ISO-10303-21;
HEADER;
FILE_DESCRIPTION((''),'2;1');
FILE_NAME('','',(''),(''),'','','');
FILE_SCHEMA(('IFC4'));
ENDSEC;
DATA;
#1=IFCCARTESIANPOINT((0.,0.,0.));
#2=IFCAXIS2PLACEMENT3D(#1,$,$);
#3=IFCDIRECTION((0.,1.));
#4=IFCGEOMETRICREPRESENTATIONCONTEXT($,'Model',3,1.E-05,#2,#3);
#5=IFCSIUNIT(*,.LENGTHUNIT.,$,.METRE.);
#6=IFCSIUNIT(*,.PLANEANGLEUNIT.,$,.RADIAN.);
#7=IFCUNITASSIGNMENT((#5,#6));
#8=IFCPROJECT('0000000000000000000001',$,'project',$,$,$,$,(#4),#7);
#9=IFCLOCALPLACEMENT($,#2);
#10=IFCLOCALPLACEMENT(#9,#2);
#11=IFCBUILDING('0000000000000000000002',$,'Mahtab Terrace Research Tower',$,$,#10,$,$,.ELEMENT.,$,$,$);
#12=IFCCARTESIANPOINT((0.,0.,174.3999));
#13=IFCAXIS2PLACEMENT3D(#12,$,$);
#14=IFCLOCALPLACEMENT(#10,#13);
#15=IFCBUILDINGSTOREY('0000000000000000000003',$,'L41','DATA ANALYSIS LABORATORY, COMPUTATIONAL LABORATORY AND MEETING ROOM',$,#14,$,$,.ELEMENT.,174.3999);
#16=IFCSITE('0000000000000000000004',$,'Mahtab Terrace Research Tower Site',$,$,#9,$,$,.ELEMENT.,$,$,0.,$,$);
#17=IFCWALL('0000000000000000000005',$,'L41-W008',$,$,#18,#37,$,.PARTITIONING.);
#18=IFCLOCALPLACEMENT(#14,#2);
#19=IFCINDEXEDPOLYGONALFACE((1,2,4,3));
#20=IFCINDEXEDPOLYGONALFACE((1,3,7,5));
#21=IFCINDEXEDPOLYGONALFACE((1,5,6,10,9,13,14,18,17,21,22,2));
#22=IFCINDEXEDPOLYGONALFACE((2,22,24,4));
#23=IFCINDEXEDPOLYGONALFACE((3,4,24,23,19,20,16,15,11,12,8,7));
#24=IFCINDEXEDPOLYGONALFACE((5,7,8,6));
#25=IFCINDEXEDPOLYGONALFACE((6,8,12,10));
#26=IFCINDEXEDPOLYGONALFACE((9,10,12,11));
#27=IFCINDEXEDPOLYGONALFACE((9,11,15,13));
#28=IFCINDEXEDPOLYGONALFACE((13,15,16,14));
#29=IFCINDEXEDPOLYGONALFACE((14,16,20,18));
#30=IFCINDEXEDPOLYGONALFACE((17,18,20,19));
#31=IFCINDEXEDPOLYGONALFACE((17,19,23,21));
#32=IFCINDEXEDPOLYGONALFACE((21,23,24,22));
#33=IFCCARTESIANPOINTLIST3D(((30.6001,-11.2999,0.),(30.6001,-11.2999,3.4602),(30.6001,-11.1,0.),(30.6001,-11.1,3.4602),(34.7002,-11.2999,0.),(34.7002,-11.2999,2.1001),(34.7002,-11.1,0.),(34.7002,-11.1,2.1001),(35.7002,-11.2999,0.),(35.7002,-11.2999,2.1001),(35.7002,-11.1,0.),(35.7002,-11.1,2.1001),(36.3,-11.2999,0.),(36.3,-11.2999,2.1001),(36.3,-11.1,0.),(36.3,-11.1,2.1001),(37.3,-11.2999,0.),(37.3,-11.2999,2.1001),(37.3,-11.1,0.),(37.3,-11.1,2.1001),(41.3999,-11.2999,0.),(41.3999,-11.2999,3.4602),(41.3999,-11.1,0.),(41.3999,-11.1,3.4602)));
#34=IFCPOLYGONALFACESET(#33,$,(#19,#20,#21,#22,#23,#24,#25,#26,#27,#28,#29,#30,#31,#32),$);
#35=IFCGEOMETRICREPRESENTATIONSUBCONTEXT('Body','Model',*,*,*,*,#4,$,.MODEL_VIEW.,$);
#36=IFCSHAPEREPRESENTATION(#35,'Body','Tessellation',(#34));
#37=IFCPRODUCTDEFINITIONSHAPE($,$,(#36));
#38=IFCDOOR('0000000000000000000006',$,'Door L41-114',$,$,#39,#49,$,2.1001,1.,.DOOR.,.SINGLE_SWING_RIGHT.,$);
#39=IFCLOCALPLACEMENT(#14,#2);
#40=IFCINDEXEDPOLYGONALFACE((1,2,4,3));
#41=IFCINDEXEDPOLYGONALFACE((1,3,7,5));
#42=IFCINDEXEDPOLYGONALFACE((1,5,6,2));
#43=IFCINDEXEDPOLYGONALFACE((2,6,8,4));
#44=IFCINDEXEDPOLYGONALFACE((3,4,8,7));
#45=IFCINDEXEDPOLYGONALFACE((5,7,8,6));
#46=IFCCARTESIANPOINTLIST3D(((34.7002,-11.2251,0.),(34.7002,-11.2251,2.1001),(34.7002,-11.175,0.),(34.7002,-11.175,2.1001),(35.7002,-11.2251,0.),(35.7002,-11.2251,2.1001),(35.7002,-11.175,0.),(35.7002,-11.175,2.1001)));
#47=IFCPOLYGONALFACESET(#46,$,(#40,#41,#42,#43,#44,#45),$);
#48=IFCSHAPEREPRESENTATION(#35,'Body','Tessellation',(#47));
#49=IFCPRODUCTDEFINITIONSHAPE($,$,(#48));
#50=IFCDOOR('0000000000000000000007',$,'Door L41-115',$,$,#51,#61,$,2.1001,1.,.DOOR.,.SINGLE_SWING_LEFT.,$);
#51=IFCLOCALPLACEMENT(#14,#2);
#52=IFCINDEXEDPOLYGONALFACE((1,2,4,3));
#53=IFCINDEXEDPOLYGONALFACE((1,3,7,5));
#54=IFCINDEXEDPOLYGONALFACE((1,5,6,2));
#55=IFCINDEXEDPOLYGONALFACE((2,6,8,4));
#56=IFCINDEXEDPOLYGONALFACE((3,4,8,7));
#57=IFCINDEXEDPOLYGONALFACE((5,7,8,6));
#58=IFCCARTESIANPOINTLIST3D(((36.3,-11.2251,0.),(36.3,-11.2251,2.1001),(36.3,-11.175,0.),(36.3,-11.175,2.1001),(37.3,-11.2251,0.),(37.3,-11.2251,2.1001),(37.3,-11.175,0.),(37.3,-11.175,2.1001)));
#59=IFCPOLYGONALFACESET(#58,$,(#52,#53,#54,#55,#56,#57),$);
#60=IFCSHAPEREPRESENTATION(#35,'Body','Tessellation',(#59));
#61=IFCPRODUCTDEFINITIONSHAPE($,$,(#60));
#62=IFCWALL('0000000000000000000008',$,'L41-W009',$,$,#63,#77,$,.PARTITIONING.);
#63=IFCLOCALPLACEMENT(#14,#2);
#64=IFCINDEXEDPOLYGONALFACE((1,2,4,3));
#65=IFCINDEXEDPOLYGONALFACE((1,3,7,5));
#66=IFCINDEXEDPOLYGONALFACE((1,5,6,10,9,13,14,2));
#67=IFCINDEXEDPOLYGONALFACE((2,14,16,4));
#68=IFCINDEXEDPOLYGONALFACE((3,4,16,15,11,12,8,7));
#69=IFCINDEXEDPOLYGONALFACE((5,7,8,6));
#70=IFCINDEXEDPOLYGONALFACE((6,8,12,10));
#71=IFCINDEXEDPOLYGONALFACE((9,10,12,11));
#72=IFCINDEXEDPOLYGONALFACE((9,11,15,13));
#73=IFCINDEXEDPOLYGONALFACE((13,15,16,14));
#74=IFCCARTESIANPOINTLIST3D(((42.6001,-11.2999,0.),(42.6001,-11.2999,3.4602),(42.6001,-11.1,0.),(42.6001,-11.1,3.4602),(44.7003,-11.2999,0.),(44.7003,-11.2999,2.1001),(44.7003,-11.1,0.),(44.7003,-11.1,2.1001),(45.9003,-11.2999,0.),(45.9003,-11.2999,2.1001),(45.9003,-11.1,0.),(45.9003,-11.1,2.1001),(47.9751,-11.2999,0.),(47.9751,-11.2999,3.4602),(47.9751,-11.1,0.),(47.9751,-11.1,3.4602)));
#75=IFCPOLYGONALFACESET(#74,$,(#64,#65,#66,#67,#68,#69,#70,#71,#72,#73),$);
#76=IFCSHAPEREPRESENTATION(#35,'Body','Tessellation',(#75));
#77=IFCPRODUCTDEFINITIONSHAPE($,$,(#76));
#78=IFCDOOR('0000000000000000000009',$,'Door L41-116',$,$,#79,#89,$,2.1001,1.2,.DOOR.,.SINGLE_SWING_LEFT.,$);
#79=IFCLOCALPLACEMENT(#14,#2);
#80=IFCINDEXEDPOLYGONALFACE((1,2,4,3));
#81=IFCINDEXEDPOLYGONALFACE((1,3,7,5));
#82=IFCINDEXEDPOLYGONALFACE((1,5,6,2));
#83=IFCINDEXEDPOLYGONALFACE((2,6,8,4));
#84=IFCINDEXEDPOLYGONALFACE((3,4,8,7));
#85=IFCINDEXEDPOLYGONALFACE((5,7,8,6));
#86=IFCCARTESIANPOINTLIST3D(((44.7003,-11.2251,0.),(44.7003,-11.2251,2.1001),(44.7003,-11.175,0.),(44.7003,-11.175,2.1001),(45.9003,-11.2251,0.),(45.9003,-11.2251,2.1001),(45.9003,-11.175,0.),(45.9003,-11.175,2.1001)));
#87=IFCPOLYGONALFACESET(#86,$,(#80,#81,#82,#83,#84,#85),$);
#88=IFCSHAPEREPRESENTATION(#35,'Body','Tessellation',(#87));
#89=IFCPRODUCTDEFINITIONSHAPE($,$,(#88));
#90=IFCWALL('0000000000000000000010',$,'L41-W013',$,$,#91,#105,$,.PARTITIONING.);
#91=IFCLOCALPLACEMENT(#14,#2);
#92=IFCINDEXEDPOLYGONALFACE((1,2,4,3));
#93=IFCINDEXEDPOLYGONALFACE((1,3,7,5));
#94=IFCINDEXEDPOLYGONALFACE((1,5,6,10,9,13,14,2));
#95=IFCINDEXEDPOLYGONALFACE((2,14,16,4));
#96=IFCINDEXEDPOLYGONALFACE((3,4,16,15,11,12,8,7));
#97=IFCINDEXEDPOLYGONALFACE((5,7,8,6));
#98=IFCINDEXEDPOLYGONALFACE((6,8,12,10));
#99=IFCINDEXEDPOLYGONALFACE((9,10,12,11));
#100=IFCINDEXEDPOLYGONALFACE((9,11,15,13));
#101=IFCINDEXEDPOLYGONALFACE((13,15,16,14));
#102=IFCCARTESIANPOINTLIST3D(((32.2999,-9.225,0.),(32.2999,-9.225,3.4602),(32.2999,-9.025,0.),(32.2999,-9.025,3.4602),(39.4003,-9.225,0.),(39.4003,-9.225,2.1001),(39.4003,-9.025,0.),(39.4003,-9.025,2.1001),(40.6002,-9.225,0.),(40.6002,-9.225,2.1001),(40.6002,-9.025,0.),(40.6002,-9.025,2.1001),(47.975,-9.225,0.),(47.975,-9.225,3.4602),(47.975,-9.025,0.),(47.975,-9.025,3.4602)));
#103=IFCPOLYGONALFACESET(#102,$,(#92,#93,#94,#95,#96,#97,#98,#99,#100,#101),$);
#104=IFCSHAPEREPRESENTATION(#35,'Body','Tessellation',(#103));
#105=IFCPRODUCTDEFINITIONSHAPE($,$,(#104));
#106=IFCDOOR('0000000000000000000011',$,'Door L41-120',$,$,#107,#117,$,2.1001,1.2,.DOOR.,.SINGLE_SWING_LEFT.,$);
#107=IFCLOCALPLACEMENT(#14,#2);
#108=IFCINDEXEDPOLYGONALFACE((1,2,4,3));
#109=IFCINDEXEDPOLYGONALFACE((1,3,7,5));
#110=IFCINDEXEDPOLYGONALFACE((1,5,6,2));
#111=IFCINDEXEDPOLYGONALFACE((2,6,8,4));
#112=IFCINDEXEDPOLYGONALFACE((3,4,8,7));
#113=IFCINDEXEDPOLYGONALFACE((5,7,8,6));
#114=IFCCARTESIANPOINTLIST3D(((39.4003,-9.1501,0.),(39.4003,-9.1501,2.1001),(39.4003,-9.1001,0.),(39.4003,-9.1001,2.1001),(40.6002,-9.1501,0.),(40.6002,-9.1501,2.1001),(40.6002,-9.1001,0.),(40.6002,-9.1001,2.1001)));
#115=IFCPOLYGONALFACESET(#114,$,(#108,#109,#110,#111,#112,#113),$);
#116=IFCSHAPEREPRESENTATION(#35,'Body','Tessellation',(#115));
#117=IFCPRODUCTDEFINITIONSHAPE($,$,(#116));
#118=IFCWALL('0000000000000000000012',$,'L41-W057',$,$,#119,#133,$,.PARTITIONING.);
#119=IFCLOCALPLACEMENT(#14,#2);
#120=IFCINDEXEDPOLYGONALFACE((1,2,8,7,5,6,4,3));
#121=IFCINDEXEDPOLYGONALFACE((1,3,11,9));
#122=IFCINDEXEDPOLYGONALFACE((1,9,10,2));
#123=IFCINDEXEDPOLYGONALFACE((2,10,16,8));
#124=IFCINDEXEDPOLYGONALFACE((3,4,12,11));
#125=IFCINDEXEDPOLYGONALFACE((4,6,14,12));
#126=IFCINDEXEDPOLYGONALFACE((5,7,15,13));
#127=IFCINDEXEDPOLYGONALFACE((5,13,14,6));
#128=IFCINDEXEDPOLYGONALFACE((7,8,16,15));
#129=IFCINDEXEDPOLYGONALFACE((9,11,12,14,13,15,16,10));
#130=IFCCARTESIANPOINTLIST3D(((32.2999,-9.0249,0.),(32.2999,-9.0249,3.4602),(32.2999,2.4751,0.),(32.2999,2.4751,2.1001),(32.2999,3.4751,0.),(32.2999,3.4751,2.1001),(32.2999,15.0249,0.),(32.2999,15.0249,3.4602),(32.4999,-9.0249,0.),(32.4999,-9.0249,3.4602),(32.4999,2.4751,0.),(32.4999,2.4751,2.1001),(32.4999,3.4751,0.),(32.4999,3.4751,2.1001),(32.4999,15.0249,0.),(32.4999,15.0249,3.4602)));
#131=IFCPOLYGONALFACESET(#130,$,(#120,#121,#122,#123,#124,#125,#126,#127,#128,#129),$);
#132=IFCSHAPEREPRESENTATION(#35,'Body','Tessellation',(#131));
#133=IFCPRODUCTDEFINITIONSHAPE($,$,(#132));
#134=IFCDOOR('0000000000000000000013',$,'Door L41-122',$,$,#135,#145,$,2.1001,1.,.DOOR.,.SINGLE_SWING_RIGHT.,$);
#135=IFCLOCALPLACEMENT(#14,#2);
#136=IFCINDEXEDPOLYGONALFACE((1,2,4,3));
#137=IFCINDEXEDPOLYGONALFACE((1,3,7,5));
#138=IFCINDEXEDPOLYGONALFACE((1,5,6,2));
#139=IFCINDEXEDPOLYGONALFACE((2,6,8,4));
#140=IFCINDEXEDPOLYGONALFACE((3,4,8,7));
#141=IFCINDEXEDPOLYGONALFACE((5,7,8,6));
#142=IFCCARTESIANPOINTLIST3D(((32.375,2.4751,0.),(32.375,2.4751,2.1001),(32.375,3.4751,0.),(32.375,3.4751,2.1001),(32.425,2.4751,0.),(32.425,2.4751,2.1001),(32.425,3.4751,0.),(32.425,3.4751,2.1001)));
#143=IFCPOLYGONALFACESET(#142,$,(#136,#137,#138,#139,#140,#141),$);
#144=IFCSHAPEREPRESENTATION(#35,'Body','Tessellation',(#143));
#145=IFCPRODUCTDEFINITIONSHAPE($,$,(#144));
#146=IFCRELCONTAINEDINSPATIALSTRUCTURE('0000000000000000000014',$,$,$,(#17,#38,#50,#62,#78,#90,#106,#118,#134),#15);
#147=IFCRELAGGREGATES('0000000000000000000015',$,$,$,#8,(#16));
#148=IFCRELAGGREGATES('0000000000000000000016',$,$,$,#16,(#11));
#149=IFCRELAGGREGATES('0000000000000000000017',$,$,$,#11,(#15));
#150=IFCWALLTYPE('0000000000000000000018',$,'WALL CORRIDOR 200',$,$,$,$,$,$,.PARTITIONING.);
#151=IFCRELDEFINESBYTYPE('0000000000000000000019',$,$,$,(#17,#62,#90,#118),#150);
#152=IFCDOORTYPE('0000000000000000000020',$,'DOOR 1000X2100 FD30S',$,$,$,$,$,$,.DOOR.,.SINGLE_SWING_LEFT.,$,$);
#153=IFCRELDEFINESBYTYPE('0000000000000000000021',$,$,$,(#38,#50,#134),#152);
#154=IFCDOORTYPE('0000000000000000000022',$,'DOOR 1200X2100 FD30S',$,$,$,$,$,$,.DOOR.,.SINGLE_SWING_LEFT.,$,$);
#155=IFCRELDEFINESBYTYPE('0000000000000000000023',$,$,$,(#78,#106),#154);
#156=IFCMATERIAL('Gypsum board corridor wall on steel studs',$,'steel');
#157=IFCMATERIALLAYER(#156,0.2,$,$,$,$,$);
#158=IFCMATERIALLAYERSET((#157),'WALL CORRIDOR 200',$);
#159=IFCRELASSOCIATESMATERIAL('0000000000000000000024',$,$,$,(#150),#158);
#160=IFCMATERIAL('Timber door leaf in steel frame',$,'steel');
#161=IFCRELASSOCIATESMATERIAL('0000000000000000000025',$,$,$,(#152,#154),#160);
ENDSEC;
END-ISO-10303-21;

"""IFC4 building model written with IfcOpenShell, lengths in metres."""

from ifc_helpers import new_model, si_unit, direction, frame, frame_2d, origin, place, context, subcontext, project, spatial, rectangle, extrude, material, layer, layer_set, type_object, element, fill, save


model = new_model("IFC4")

# Units and contexts
model_context = context("Model", 3, precision=1e-05, world=origin(), true_north=direction((0.0, 1.0)))
body_context = subcontext(model_context, "Body", "Model", "MODEL_VIEW")
ifc_project = project(units=[si_unit("LENGTHUNIT", "METRE"), si_unit("PLANEANGLEUNIT", "RADIAN")], contexts=[model_context])

# Site, building, storey
site_placement = place(None, origin())
site = spatial("IfcSite", under=ifc_project, at=site_placement, Name="Mahtab Terrace Research Tower Site", CompositionType="ELEMENT", RefElevation=0.0)
building_placement = place(site_placement, origin())
building = spatial("IfcBuilding", under=site, at=building_placement, Name="Mahtab Terrace Research Tower", CompositionType="ELEMENT")
storey_placement = place(building_placement, frame((0.0, 0.0, 174.3999)))
storey = spatial("IfcBuildingStorey", under=building, at=storey_placement, Name="L41", Description="DATA ANALYSIS LABORATORY, COMPUTATIONAL LABORATORY AND MEETING ROOM", CompositionType="ELEMENT", Elevation=174.3999)

# Wall, openings, doors
ifc_material_1 = material(Name="Gypsum board corridor wall on steel studs", Category="steel")
ifc_layer_1 = layer(ifc_material_1, 0.2)
ifc_layer_set_1 = layer_set([ifc_layer_1], Name="WALL CORRIDOR 200")
wall_type_1 = type_object("IfcWallType", Name="WALL CORRIDOR 200", PredefinedType="PARTITIONING", material=ifc_layer_set_1)
wall_1_placement = place(storey_placement, frame((30.6001, -11.2, 0.0), z_axis=(0.0, 0.0, 1.0), x_axis=(1.0, 0.0, 0.0)))
wall_1 = element("IfcWall", 1, at=wall_1_placement, inside=storey, type_object=wall_type_1, Name="L41-W008", PredefinedType="PARTITIONING", context=body_context, shape_type="SweptSolid", body=[
    extrude(rectangle(XDim=10.7998, YDim=0.2, at=frame_2d((5.3999, 0.0))), origin(), (0.0, 0.0, 1.0), 3.4602),
])
opening_1_placement = place(wall_1_placement, frame((4.1001, 0.0, 0.0)))
opening_1 = element("IfcOpeningElement", 2, at=opening_1_placement, cuts=wall_1, PredefinedType="OPENING", context=body_context, shape_type="SweptSolid", body=[
    extrude(rectangle(XDim=1.0, YDim=2.1001, at=frame_2d((0.5, 1.05))), frame((0.0, 0.1099, 0.0), z_axis=(0.0, -1.0, 0.0), x_axis=(1.0, 0.0, 0.0)), (0.0, 0.0, 1.0), 0.22),
])
opening_2_placement = place(wall_1_placement, frame((5.7, 0.0, 0.0)))
opening_2 = element("IfcOpeningElement", 3, at=opening_2_placement, cuts=wall_1, PredefinedType="OPENING", context=body_context, shape_type="SweptSolid", body=[
    extrude(rectangle(XDim=1.0, YDim=2.1001, at=frame_2d((0.5, 1.05))), frame((0.0, 0.1099, 0.0), z_axis=(0.0, -1.0, 0.0), x_axis=(1.0, 0.0, 0.0)), (0.0, 0.0, 1.0), 0.22),
])
ifc_material_2 = material(Name="Timber door leaf in steel frame", Category="steel")
door_type_1 = type_object("IfcDoorType", Name="DOOR 1000X2100 FD30S", OperationType="SINGLE_SWING_LEFT", PredefinedType="DOOR", material=ifc_material_2)
door_1_placement = place(opening_1_placement, origin())
door_1 = element("IfcDoor", 4, at=door_1_placement, inside=storey, type_object=door_type_1, Name="Door L41-114", OperationType="SINGLE_SWING_RIGHT", OverallHeight=2.1001, OverallWidth=1.0, PredefinedType="DOOR", context=body_context, shape_type="SweptSolid", body=[
    extrude(rectangle(XDim=1.0, YDim=2.1001, at=frame_2d((0.5, 1.05))), frame((0.0, 0.0249, 0.0), z_axis=(0.0, -1.0, 0.0), x_axis=(1.0, 0.0, 0.0)), (0.0, 0.0, 1.0), 0.05),
])
fill(opening_1, door_1)
door_2_placement = place(opening_2_placement, origin())
door_2 = element("IfcDoor", 5, at=door_2_placement, inside=storey, type_object=door_type_1, Name="Door L41-115", OperationType="SINGLE_SWING_LEFT", OverallHeight=2.1001, OverallWidth=1.0, PredefinedType="DOOR", context=body_context, shape_type="SweptSolid", body=[
    extrude(rectangle(XDim=1.0, YDim=2.1001, at=frame_2d((0.5, 1.05))), frame((0.0, 0.0249, 0.0), z_axis=(0.0, -1.0, 0.0), x_axis=(1.0, 0.0, 0.0)), (0.0, 0.0, 1.0), 0.05),
])
fill(opening_2, door_2)

# Walls, openings, doors
wall_2_placement = place(storey_placement, frame((42.6001, -11.2, 0.0), z_axis=(0.0, 0.0, 1.0), x_axis=(1.0, 0.0, 0.0)))
wall_2 = element("IfcWall", 6, at=wall_2_placement, inside=storey, type_object=wall_type_1, Name="L41-W009", PredefinedType="PARTITIONING", context=body_context, shape_type="SweptSolid", body=[
    extrude(rectangle(XDim=5.375, YDim=0.2, at=frame_2d((2.6875, 0.0))), origin(), (0.0, 0.0, 1.0), 3.4602),
])
opening_3_placement = place(wall_2_placement, frame((2.1001, 0.0, 0.0)))
opening_3 = element("IfcOpeningElement", 7, at=opening_3_placement, cuts=wall_2, PredefinedType="OPENING", context=body_context, shape_type="SweptSolid", body=[
    extrude(rectangle(XDim=1.2, YDim=2.1001, at=frame_2d((0.6001, 1.05))), frame((0.0, 0.1099, 0.0), z_axis=(0.0, -1.0, 0.0), x_axis=(1.0, 0.0, 0.0)), (0.0, 0.0, 1.0), 0.22),
])
door_type_2 = type_object("IfcDoorType", Name="DOOR 1200X2100 FD30S", OperationType="SINGLE_SWING_LEFT", PredefinedType="DOOR", material=ifc_material_2)
door_3_placement = place(opening_3_placement, origin())
door_3 = element("IfcDoor", 8, at=door_3_placement, inside=storey, type_object=door_type_2, Name="Door L41-116", OperationType="SINGLE_SWING_LEFT", OverallHeight=2.1001, OverallWidth=1.2, PredefinedType="DOOR", context=body_context, shape_type="SweptSolid", body=[
    extrude(rectangle(XDim=1.2, YDim=2.1001, at=frame_2d((0.6001, 1.05))), frame((0.0, 0.0249, 0.0), z_axis=(0.0, -1.0, 0.0), x_axis=(1.0, 0.0, 0.0)), (0.0, 0.0, 1.0), 0.05),
])
fill(opening_3, door_3)
wall_3_placement = place(storey_placement, frame((32.3, -9.125, 0.0), z_axis=(0.0, 0.0, 1.0), x_axis=(1.0, 0.0, 0.0)))
wall_3 = element("IfcWall", 9, at=wall_3_placement, inside=storey, type_object=wall_type_1, Name="L41-W013", PredefinedType="PARTITIONING", context=body_context, shape_type="SweptSolid", body=[
    extrude(rectangle(XDim=15.675, YDim=0.2, at=frame_2d((7.8374, 0.0))), origin(), (0.0, 0.0, 1.0), 3.4602),
])
opening_4_placement = place(wall_3_placement, frame((7.1001, 0.0, 0.0)))
opening_4 = element("IfcOpeningElement", 10, at=opening_4_placement, cuts=wall_3, PredefinedType="OPENING", context=body_context, shape_type="SweptSolid", body=[
    extrude(rectangle(XDim=1.2, YDim=2.1001, at=frame_2d((0.6001, 1.05))), frame((0.0, 0.1099, 0.0), z_axis=(0.0, -1.0, 0.0), x_axis=(1.0, 0.0, 0.0)), (0.0, 0.0, 1.0), 0.22),
])
door_4_placement = place(opening_4_placement, origin())
door_4 = element("IfcDoor", 11, at=door_4_placement, inside=storey, type_object=door_type_2, Name="Door L41-120", OperationType="SINGLE_SWING_LEFT", OverallHeight=2.1001, OverallWidth=1.2, PredefinedType="DOOR", context=body_context, shape_type="SweptSolid", body=[
    extrude(rectangle(XDim=1.2, YDim=2.1001, at=frame_2d((0.6001, 1.05))), frame((0.0, 0.0249, 0.0), z_axis=(0.0, -1.0, 0.0), x_axis=(1.0, 0.0, 0.0)), (0.0, 0.0, 1.0), 0.05),
])
fill(opening_4, door_4)
wall_4_placement = place(storey_placement, frame((32.3999, -9.0249, 0.0), z_axis=(0.0, 0.0, 1.0), x_axis=(0.0, 1.0, 0.0)))
wall_4 = element("IfcWall", 12, at=wall_4_placement, inside=storey, type_object=wall_type_1, Name="L41-W057", PredefinedType="PARTITIONING", context=body_context, shape_type="SweptSolid", body=[
    extrude(rectangle(XDim=24.0498, YDim=0.2, at=frame_2d((12.0249, 0.0))), origin(), (0.0, 0.0, 1.0), 3.4602),
])
opening_5_placement = place(wall_4_placement, frame((11.5, 0.0, 0.0)))
opening_5 = element("IfcOpeningElement", 13, at=opening_5_placement, cuts=wall_4, PredefinedType="OPENING", context=body_context, shape_type="SweptSolid", body=[
    extrude(rectangle(XDim=1.0, YDim=2.1001, at=frame_2d((0.5, 1.05))), frame((0.0, 0.1099, 0.0), z_axis=(0.0, -1.0, 0.0), x_axis=(1.0, 0.0, 0.0)), (0.0, 0.0, 1.0), 0.22),
])
door_5_placement = place(opening_5_placement, origin())
door_5 = element("IfcDoor", 14, at=door_5_placement, inside=storey, type_object=door_type_1, Name="Door L41-122", OperationType="SINGLE_SWING_RIGHT", OverallHeight=2.1001, OverallWidth=1.0, PredefinedType="DOOR", context=body_context, shape_type="SweptSolid", body=[
    extrude(rectangle(XDim=1.0, YDim=2.1001, at=frame_2d((0.5, 1.05))), frame((0.0, 0.0249, 0.0), z_axis=(0.0, -1.0, 0.0), x_axis=(1.0, 0.0, 0.0)), (0.0, 0.0, 1.0), 0.05),
])
fill(opening_5, door_5)

save(model, "model.ifc")
